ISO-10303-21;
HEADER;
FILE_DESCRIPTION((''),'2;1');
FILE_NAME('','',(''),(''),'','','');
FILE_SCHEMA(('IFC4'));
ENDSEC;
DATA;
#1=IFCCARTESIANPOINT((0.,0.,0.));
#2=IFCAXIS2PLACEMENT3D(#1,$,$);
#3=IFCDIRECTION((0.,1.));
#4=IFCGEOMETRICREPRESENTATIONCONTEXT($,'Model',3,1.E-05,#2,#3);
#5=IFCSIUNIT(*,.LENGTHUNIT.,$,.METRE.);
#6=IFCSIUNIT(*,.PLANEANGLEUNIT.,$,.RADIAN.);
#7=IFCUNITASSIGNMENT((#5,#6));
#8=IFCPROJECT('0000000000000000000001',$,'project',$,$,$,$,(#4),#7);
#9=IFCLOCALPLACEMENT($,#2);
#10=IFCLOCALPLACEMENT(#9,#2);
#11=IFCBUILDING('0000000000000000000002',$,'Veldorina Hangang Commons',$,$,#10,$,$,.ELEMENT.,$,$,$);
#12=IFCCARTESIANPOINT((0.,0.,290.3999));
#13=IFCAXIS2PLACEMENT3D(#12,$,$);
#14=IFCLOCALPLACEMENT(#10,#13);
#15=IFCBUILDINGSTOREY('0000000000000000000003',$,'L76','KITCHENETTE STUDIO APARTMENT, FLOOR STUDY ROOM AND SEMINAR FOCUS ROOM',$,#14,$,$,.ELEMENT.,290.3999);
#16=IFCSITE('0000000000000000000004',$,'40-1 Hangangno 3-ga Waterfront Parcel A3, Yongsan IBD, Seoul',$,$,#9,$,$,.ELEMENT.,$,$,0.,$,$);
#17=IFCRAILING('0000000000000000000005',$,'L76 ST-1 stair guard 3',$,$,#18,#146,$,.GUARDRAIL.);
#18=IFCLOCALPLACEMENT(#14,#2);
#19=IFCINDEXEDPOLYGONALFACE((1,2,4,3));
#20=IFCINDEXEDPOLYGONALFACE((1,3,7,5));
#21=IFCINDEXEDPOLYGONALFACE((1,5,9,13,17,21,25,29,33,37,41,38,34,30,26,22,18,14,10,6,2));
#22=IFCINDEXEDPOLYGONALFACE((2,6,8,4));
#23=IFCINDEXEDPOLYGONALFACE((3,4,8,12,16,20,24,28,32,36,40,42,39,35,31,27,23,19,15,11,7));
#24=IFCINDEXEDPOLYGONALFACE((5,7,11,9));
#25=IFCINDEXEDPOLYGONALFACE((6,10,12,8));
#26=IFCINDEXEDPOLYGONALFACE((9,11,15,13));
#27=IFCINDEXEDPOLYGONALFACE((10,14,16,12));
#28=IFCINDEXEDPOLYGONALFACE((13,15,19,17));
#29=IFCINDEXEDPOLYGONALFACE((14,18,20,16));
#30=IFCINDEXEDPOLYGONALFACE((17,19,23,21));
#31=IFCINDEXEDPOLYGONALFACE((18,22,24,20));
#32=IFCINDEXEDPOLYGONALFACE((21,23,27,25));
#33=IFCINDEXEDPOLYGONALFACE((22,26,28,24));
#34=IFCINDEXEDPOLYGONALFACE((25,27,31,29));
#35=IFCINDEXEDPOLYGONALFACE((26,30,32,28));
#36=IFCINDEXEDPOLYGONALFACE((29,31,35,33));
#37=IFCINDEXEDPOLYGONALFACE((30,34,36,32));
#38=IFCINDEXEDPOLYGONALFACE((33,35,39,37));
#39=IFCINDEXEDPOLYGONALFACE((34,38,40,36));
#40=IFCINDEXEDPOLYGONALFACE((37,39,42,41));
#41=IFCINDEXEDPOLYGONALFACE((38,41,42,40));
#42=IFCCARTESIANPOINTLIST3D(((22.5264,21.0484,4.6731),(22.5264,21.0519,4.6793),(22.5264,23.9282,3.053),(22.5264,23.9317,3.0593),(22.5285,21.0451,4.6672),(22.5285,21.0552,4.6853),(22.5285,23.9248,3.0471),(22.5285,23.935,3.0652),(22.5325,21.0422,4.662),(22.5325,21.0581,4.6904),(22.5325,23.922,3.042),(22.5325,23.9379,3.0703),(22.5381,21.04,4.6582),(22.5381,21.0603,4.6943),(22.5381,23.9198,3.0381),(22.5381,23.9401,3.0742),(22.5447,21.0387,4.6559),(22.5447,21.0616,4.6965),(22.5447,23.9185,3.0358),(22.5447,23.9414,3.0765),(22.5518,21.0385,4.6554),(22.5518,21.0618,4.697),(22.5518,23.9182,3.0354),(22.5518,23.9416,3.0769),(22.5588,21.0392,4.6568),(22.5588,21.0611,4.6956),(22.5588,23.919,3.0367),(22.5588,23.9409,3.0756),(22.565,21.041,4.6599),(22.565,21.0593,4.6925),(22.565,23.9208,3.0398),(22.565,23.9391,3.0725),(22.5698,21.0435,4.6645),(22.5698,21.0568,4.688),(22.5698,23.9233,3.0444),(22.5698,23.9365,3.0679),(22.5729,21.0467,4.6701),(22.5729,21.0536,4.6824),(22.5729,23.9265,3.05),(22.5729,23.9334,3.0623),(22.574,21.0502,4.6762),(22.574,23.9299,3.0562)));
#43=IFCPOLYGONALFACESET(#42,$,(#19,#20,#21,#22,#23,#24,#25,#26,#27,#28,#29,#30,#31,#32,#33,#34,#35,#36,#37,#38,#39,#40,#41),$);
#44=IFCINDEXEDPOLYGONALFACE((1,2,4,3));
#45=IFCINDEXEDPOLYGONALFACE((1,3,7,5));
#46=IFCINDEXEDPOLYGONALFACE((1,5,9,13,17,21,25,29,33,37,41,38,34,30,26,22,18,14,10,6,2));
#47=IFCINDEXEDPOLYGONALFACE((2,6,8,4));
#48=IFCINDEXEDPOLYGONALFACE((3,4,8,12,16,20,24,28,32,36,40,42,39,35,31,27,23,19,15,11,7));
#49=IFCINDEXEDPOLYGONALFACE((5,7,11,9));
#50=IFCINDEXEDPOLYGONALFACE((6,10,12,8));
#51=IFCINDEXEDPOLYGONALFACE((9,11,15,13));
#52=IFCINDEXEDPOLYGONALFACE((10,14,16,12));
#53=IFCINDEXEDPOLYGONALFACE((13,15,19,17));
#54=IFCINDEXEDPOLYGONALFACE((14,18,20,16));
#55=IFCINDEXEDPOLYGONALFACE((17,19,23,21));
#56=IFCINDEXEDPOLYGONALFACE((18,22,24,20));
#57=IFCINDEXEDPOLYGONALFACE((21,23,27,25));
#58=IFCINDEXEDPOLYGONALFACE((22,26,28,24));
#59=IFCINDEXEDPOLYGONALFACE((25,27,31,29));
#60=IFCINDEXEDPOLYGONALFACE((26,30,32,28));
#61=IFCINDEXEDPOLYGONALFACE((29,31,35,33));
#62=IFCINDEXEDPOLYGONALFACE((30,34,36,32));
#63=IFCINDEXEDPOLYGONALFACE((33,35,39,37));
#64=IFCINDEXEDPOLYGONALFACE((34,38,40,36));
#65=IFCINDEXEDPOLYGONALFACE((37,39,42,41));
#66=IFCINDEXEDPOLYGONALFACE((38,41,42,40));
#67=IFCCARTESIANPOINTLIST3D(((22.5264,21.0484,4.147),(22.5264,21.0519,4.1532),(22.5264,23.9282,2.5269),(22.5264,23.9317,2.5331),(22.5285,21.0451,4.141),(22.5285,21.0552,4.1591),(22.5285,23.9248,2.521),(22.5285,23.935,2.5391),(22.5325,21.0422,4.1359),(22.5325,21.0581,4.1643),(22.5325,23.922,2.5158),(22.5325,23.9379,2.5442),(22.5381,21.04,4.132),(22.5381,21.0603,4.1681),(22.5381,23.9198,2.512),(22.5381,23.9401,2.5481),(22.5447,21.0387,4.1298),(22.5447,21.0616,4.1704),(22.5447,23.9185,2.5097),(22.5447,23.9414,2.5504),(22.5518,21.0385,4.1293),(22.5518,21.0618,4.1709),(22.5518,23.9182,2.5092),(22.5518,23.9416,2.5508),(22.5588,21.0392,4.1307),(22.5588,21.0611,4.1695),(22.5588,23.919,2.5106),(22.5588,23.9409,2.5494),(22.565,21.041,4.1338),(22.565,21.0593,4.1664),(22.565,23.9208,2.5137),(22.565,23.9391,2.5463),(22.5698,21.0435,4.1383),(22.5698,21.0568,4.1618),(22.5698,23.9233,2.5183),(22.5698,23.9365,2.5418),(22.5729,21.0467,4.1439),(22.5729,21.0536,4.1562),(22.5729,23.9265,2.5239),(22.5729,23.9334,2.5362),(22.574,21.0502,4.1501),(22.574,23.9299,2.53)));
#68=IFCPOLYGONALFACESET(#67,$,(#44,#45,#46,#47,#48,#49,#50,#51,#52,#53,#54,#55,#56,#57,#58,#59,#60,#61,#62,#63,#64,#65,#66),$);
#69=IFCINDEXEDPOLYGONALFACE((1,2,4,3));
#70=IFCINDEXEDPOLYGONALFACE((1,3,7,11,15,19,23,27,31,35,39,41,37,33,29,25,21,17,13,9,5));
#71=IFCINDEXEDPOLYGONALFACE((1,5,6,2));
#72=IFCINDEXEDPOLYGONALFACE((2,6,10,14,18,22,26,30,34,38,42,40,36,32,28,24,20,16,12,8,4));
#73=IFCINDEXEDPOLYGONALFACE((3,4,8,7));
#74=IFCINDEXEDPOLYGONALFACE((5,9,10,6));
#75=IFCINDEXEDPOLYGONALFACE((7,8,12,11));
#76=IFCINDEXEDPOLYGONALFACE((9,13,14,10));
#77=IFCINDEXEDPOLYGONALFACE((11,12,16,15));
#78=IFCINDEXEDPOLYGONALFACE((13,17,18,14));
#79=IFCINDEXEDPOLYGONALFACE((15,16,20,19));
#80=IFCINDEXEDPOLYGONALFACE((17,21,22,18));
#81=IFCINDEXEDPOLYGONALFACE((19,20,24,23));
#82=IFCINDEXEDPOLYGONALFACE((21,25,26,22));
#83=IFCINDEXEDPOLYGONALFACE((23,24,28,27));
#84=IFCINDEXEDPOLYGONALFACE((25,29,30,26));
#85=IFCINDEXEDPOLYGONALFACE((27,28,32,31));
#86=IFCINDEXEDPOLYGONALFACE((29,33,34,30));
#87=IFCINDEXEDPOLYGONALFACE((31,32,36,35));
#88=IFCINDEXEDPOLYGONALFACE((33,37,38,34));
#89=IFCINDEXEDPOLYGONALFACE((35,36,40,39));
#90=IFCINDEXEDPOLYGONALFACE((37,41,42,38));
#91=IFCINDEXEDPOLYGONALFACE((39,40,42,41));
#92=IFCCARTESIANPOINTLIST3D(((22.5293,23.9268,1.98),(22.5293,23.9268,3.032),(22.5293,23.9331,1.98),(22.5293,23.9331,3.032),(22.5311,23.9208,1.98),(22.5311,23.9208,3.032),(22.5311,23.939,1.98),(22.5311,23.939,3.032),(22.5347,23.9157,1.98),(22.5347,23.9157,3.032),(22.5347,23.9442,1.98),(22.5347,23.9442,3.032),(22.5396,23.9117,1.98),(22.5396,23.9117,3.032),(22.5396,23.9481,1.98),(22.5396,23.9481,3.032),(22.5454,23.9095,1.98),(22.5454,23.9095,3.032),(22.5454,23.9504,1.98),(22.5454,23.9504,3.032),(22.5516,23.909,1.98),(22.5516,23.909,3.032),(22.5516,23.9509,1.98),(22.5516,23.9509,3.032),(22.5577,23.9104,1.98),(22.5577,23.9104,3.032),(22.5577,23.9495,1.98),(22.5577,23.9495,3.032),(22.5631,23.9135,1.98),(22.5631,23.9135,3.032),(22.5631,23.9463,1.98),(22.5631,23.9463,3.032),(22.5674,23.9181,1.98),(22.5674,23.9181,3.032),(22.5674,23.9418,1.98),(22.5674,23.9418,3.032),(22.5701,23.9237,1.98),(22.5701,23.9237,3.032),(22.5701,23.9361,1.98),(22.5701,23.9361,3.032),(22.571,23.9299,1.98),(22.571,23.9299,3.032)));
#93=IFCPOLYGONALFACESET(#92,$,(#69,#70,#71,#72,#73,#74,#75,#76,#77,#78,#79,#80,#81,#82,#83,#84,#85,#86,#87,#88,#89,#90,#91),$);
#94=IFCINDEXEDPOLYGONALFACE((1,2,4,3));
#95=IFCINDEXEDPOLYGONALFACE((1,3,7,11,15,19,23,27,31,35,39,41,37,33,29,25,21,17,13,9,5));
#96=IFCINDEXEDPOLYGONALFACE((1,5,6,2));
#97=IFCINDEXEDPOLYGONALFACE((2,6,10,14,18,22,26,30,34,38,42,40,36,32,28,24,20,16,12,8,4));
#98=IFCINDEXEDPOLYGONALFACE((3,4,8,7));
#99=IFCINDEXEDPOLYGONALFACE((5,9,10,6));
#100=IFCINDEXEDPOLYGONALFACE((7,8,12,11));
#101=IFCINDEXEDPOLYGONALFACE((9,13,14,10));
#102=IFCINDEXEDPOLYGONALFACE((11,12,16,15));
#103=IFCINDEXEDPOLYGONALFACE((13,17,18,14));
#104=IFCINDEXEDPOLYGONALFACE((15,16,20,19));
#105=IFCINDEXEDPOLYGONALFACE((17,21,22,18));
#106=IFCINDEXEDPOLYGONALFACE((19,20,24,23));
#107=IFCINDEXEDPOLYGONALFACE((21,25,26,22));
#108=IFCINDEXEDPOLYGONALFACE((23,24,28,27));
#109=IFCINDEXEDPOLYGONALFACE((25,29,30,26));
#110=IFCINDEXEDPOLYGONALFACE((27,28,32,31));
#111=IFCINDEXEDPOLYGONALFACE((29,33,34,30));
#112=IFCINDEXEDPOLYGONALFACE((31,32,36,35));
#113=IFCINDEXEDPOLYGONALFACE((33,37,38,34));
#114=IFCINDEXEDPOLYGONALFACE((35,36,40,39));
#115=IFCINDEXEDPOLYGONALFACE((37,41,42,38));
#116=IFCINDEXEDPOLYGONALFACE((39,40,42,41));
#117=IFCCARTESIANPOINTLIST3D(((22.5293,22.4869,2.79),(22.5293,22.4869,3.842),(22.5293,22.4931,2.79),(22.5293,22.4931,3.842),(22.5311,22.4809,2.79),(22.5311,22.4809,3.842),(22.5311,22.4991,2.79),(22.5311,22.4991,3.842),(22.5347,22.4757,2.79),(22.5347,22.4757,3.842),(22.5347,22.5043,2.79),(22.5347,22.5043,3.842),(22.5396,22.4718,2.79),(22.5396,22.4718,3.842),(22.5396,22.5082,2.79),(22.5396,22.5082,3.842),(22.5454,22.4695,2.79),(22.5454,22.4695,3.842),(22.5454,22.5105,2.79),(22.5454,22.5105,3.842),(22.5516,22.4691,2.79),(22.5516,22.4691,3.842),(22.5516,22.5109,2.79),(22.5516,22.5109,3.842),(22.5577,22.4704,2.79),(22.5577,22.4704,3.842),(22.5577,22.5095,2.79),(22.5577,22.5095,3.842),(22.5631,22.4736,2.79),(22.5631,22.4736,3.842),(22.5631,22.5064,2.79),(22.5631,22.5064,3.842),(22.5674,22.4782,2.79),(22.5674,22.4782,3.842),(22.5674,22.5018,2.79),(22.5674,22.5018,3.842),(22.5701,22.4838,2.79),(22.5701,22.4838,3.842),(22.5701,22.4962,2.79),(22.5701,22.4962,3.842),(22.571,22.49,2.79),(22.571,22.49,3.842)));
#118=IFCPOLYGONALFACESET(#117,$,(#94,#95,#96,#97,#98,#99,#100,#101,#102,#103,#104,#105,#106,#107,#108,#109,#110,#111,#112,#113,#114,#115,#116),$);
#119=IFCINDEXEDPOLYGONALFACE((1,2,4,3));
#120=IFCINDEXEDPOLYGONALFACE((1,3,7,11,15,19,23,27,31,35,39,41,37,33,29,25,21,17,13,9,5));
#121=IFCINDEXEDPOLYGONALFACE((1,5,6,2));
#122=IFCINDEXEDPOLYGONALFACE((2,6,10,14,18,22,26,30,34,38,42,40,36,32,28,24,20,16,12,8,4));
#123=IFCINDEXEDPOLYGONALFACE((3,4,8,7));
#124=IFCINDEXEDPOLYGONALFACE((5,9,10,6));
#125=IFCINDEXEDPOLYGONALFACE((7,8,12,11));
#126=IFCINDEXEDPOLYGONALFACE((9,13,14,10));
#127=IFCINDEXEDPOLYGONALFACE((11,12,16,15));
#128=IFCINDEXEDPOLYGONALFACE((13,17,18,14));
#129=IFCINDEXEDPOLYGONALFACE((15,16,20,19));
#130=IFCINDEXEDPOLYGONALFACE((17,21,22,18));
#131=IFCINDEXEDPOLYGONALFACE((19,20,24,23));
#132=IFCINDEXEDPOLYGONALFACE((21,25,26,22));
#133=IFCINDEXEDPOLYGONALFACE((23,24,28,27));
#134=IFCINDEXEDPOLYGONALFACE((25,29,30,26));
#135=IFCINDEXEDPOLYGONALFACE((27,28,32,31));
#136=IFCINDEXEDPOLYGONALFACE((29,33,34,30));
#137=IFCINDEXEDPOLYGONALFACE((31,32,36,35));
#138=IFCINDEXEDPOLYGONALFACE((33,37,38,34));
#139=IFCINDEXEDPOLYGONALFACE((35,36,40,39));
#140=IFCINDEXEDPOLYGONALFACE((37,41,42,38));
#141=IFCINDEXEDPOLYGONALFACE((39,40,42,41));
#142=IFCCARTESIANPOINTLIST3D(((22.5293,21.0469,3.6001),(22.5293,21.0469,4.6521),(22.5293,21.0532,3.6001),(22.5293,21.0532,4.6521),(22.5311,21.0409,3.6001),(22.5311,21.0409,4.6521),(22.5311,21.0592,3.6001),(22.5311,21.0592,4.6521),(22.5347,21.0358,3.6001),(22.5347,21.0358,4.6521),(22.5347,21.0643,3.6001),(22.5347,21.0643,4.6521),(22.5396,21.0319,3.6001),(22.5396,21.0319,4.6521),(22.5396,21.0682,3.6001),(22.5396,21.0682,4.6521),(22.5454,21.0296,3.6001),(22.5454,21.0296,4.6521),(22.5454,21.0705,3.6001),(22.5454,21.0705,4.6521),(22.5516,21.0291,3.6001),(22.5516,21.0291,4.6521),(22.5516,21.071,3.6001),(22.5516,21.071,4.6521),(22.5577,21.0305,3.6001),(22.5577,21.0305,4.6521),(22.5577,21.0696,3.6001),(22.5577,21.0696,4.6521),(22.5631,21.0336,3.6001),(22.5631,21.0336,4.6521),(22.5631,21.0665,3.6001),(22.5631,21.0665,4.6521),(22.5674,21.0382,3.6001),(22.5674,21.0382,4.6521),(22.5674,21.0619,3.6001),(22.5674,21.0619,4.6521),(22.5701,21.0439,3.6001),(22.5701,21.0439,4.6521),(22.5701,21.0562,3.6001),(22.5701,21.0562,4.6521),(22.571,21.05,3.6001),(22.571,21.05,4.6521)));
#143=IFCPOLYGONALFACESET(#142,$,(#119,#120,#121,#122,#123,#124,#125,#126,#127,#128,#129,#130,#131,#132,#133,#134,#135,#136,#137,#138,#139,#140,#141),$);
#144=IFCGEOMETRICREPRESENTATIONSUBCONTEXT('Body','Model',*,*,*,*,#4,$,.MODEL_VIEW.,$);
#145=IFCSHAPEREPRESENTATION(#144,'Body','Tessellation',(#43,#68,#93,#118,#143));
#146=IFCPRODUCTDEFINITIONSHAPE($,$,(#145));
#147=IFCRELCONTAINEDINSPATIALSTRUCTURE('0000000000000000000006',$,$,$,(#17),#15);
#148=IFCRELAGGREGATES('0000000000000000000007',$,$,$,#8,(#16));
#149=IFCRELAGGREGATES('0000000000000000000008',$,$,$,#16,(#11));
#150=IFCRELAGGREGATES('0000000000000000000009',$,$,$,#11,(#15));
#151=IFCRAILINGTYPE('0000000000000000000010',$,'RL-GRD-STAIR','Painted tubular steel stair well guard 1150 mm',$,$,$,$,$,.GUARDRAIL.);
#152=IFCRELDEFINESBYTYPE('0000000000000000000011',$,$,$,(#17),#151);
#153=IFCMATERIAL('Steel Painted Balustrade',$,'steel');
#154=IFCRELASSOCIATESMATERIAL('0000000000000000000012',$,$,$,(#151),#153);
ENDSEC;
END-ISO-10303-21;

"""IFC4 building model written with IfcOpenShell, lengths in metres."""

from ifc_helpers import new_model, si_unit, direction, frame, origin, origin_2d, place, context, subcontext, project, spatial, circle, extrude, material, type_object, element, save


model = new_model("IFC4")

# Units and contexts
model_context = context("Model", 3, precision=1e-05, world=origin(), true_north=direction((0.0, 1.0)))
body_context = subcontext(model_context, "Body", "Model", "MODEL_VIEW")
ifc_project = project(units=[si_unit("LENGTHUNIT", "METRE"), si_unit("PLANEANGLEUNIT", "RADIAN")], contexts=[model_context])

# Site, building, storey
site_placement = place(None, origin())
site = spatial("IfcSite", under=ifc_project, at=site_placement, Name="40-1 Hangangno 3-ga Waterfront Parcel A3, Yongsan IBD, Seoul", CompositionType="ELEMENT", RefElevation=0.0)
building_placement = place(site_placement, origin())
building = spatial("IfcBuilding", under=site, at=building_placement, Name="Veldorina Hangang Commons", CompositionType="ELEMENT")
storey_placement = place(building_placement, frame((0.0, 0.0, 290.3999)))
storey = spatial("IfcBuildingStorey", under=building, at=storey_placement, Name="L76", Description="KITCHENETTE STUDIO APARTMENT, FLOOR STUDY ROOM AND SEMINAR FOCUS ROOM", CompositionType="ELEMENT", Elevation=290.3999)

# Railing
ifc_material_1 = material(Name="Steel Painted Balustrade", Category="steel")
railing_type = type_object("IfcRailingType", Name="RL-GRD-STAIR", Description="Painted tubular steel stair well guard 1150 mm", PredefinedType="GUARDRAIL", material=ifc_material_1)
railing_1_placement = place(storey_placement, frame((22.55, 23.9299, 1.98)))
element("IfcRailing", 1, at=railing_1_placement, inside=storey, type_object=railing_type, Name="L76 ST-1 stair guard 3", PredefinedType="GUARDRAIL", context=body_context, shape_type="SweptSolid", body=[
    extrude(circle(Radius=0.0239, at=origin_2d()), frame((0.0, 0.0, 1.0762), z_axis=(0.0, -0.871552, 0.490303), x_axis=(1.0, 0.0, 0.0)), (0.0, 0.0, 1.0), 3.3042),
    extrude(circle(Radius=0.0239, at=origin_2d()), frame((0.0, 0.0, 0.55), z_axis=(0.0, -0.871552, 0.490303), x_axis=(1.0, 0.0, 0.0)), (0.0, 0.0, 1.0), 3.3042),
    extrude(circle(Radius=0.021, at=origin_2d()), origin(), (0.0, 0.0, 1.0), 1.052),
    extrude(circle(Radius=0.021, at=origin_2d()), frame((0.0, -1.4399, 0.8101)), (0.0, 0.0, 1.0), 1.052),
    extrude(circle(Radius=0.021, at=origin_2d()), frame((0.0, -2.8799, 1.6201)), (0.0, 0.0, 1.0), 1.052),
])

save(model, "model.ifc")
